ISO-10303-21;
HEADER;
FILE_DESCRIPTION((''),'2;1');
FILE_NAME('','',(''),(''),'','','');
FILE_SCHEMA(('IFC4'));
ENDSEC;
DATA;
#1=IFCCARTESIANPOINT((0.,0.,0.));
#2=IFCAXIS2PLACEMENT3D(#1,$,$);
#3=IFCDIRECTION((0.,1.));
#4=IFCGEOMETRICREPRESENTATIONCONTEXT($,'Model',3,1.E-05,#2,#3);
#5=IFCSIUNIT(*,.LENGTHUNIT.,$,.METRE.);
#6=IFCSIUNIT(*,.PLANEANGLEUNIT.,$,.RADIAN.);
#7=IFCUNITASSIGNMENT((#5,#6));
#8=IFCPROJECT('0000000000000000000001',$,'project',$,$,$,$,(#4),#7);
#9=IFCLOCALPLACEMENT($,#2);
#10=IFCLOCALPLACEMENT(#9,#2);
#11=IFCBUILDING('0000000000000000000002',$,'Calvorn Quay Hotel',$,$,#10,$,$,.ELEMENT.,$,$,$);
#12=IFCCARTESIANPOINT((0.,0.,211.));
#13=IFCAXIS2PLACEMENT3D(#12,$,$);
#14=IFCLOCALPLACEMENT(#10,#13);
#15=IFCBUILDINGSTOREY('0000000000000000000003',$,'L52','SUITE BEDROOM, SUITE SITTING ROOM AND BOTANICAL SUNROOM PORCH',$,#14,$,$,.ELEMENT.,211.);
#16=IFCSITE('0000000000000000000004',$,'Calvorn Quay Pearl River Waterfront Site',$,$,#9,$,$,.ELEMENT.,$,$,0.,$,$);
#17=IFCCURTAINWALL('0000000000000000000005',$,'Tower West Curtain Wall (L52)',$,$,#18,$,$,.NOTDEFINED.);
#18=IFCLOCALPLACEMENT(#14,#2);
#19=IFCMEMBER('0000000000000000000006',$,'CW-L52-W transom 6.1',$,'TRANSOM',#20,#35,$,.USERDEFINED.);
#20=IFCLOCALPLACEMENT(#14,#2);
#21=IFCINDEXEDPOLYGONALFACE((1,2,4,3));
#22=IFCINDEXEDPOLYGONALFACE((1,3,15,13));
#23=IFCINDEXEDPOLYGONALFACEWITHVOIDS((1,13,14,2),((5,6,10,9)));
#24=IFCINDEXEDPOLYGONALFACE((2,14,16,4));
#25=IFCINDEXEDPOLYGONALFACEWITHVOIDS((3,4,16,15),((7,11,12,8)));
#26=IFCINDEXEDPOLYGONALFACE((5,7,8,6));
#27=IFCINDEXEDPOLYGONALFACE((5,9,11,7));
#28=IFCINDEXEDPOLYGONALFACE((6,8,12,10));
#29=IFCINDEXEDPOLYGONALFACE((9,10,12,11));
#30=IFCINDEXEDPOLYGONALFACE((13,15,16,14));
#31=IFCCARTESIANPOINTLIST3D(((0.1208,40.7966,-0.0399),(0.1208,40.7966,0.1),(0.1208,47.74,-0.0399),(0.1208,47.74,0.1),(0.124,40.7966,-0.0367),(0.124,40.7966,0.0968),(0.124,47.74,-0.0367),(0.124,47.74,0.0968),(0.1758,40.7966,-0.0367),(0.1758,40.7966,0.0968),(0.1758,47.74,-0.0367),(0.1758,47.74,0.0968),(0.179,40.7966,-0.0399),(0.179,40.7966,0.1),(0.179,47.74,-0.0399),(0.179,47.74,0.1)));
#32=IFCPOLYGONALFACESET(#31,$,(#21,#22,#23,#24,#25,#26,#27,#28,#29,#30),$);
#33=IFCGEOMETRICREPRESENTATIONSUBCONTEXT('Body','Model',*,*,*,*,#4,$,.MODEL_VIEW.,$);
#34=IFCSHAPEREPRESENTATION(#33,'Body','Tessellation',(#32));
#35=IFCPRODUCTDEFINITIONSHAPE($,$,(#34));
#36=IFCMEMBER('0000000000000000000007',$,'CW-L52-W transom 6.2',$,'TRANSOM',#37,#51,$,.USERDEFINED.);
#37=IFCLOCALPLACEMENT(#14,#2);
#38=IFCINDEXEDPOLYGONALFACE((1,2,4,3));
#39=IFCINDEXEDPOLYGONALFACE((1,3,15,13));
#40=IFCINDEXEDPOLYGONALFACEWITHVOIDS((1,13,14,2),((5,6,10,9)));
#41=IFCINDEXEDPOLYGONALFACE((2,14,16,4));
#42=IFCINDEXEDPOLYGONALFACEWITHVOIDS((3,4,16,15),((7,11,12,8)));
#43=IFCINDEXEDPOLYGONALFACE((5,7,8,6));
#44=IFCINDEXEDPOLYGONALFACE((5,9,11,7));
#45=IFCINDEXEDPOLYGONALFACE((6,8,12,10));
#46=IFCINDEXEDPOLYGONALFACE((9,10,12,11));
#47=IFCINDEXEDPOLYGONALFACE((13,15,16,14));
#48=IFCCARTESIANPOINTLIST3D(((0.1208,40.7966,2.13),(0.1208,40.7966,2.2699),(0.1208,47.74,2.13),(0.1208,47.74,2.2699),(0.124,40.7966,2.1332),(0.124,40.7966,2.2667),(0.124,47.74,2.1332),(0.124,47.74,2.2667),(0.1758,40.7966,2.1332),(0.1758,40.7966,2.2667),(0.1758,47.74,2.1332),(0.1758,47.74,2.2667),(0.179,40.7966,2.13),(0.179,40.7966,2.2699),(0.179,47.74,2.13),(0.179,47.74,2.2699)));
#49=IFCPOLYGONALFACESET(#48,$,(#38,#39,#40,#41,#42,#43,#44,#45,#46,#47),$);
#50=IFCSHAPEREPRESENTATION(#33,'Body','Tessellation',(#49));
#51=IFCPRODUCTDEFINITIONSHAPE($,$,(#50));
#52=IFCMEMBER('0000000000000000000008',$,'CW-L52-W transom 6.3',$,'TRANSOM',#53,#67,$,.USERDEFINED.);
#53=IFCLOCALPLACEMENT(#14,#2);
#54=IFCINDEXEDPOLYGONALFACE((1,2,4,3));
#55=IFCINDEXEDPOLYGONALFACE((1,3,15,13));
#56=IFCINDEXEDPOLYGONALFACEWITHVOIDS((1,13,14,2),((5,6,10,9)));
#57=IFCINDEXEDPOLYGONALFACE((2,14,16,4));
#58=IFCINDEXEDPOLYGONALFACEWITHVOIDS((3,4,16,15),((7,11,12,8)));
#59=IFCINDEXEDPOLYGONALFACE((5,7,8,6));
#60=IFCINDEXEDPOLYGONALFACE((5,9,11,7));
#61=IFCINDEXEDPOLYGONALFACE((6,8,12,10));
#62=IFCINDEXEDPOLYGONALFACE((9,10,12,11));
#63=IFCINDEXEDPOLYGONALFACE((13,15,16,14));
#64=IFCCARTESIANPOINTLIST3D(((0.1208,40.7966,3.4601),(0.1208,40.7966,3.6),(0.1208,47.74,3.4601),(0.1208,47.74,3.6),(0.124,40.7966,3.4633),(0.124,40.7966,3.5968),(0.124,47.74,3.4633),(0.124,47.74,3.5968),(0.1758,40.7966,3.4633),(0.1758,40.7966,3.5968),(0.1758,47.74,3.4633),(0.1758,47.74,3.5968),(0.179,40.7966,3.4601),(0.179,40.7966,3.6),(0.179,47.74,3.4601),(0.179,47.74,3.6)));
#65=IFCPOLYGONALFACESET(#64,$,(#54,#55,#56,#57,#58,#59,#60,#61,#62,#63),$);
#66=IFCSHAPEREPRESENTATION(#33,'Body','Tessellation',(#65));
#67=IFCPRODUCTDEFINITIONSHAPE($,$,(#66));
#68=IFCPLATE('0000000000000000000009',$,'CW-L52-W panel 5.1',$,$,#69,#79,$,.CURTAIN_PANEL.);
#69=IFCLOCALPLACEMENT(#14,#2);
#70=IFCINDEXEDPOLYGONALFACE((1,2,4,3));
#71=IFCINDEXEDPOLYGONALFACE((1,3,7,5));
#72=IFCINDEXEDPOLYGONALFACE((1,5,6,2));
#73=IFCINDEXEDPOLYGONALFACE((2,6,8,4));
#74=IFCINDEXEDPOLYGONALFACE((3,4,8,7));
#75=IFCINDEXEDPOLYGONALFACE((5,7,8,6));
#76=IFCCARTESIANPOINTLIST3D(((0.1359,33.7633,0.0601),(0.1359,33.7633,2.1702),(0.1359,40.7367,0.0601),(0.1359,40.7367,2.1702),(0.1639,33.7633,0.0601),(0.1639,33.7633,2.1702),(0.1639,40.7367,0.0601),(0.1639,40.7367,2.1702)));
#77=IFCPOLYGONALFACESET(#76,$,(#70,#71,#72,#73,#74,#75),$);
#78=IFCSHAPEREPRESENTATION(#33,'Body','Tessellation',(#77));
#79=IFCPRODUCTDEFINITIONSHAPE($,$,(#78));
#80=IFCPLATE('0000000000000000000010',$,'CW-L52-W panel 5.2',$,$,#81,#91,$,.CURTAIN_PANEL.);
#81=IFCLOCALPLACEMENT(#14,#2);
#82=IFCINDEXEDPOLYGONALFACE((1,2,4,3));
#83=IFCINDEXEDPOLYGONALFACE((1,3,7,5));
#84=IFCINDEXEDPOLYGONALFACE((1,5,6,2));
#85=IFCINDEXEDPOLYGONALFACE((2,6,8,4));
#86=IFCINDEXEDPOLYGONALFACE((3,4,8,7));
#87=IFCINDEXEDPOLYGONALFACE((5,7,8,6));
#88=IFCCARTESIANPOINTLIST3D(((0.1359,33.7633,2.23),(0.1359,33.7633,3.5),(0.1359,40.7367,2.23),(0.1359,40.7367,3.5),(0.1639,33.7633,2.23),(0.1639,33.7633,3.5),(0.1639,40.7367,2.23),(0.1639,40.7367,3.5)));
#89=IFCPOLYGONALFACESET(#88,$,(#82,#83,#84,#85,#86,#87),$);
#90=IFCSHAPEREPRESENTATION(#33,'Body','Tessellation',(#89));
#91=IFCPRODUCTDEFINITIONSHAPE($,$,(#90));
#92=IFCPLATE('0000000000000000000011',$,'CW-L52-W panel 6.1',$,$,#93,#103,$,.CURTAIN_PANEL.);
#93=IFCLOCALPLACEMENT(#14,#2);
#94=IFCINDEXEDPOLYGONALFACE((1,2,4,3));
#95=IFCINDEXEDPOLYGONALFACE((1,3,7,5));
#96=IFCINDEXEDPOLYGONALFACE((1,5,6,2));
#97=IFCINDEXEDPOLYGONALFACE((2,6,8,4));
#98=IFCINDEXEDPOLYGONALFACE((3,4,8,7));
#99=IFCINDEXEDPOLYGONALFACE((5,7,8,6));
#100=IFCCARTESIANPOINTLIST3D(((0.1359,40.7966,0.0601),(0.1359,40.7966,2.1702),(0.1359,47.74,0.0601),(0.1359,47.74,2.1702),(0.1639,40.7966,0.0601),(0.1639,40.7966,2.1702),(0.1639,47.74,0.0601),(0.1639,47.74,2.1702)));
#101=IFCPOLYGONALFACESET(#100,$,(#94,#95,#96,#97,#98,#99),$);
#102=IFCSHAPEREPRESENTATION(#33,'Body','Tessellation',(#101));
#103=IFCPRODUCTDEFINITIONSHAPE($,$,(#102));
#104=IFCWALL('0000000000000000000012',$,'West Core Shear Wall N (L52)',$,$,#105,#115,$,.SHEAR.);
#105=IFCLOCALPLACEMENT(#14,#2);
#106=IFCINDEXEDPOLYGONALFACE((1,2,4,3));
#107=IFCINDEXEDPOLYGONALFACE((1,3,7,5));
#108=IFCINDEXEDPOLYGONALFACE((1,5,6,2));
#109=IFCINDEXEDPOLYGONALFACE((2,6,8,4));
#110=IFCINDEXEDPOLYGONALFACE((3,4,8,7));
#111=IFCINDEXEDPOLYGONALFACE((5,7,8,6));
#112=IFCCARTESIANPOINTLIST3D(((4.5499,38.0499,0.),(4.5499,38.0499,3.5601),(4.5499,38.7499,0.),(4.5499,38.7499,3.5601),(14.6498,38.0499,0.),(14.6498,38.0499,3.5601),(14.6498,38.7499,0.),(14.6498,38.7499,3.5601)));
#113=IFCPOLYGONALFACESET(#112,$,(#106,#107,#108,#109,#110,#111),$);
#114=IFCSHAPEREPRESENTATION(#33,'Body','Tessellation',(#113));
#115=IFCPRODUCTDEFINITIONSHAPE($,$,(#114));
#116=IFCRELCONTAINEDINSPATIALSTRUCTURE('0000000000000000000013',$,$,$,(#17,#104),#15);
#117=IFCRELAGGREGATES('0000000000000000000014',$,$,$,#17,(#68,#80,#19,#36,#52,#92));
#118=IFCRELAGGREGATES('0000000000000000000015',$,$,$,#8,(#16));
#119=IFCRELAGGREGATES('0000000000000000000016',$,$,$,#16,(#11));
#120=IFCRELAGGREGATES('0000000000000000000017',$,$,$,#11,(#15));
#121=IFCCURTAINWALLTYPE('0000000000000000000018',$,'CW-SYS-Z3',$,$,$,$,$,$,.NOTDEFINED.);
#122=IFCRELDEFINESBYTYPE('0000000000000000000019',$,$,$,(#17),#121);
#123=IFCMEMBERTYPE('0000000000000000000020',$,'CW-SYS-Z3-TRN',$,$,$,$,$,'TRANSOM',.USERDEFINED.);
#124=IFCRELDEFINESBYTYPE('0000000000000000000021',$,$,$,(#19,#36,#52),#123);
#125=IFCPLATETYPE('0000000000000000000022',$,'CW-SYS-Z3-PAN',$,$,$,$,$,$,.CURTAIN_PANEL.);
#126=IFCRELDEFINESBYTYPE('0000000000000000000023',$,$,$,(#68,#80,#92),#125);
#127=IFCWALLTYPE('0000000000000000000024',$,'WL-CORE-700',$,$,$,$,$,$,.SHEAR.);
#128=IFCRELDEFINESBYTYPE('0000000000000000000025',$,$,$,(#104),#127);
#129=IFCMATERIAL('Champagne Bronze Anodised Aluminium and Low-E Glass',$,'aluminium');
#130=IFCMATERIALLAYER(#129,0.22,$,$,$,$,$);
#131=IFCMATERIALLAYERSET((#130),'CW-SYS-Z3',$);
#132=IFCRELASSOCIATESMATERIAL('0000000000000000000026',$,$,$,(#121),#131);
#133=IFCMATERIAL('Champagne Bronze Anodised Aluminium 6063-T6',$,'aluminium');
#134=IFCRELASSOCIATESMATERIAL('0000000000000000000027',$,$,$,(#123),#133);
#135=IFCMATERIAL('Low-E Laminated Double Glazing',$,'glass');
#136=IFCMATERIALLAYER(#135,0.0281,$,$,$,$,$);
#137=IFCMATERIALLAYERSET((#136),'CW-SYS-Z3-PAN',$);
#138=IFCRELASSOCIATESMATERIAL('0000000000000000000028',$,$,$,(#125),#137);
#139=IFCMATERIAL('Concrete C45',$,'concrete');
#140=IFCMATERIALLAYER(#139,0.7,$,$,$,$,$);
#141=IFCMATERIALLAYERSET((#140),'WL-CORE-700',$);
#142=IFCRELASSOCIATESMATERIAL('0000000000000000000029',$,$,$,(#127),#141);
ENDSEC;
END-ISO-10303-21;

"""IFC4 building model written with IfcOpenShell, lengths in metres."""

from ifc_helpers import new_model, si_unit, direction, frame, frame_2d, origin, origin_2d, place, context, subcontext, project, spatial, rectangle, hollow_rectangle, extrude, material, layer, layer_set, material_profile, profile_set, type_object, element, aggregate, save


model = new_model("IFC4")

# Units and contexts
model_context = context("Model", 3, precision=1e-05, world=origin(), true_north=direction((0.0, 1.0)))
body_context = subcontext(model_context, "Body", "Model", "MODEL_VIEW")
ifc_project = project(units=[si_unit("LENGTHUNIT", "METRE"), si_unit("PLANEANGLEUNIT", "RADIAN")], contexts=[model_context])

# Site, building, storey
site_placement = place(None, origin())
site = spatial("IfcSite", under=ifc_project, at=site_placement, Name="Calvorn Quay Pearl River Waterfront Site", CompositionType="ELEMENT", RefElevation=0.0)
building_placement = place(site_placement, origin())
building = spatial("IfcBuilding", under=site, at=building_placement, Name="Calvorn Quay Hotel", CompositionType="ELEMENT")
storey_placement = place(building_placement, frame((0.0, 0.0, 211.0)))
storey = spatial("IfcBuildingStorey", under=building, at=storey_placement, Name="L52", Description="SUITE BEDROOM, SUITE SITTING ROOM AND BOTANICAL SUNROOM PORCH", CompositionType="ELEMENT", Elevation=211.0)

# Curtain wall, members, plates
ifc_material_1 = material(Name="Champagne Bronze Anodised Aluminium and Low-E Glass", Category="aluminium")
ifc_layer_1 = layer(ifc_material_1, 0.22)
ifc_layer_set_1 = layer_set([ifc_layer_1], Name="CW-SYS-Z3")
curtain_wall_type = type_object("IfcCurtainWallType", Name="CW-SYS-Z3", PredefinedType="NOTDEFINED", material=ifc_layer_set_1)
curtain_wall_placement = place(storey_placement, origin())
curtain_wall = element("IfcCurtainWall", 1, at=curtain_wall_placement, inside=storey, type_object=curtain_wall_type, Name="Tower West Curtain Wall (L52)", PredefinedType="NOTDEFINED")
ifc_material_2 = material(Name="Champagne Bronze Anodised Aluminium 6063-T6", Category="aluminium")
ifc_material_profile_1 = material_profile(ifc_material_2, hollow_rectangle(XDim=0.0581, YDim=0.1399, WallThickness=0.0032, at=origin_2d()), Name="ALU-T140x58x3.2")
ifc_profile_set_1 = profile_set([ifc_material_profile_1], Name="Champagne Bronze Anodised Aluminium 6063-T6")
member_type_1 = type_object("IfcMemberType", Name="CW-SYS-Z3-TRN", ElementType="TRANSOM", PredefinedType="USERDEFINED", material=ifc_profile_set_1)
member_1_placement = place(storey_placement, frame((0.1499, 40.7966, 0.03), z_axis=(0.0, 1.0, 0.0), x_axis=(-1.0, 0.0, 0.0)))
member_1 = element("IfcMember", 2, at=member_1_placement, type_object=member_type_1, Name="CW-L52-W transom 6.1", ObjectType="TRANSOM", PredefinedType="USERDEFINED", context=body_context, shape_type="SweptSolid", body=[
    extrude(hollow_rectangle(XDim=0.0581, YDim=0.1399, WallThickness=0.0032, at=origin_2d()), origin(), (0.0, 0.0, 1.0), 6.9434),
])
member_2_placement = place(storey_placement, frame((0.1499, 40.7966, 2.2), z_axis=(0.0, 1.0, 0.0), x_axis=(-1.0, 0.0, 0.0)))
member_2 = element("IfcMember", 3, at=member_2_placement, type_object=member_type_1, Name="CW-L52-W transom 6.2", ObjectType="TRANSOM", PredefinedType="USERDEFINED", context=body_context, shape_type="SweptSolid", body=[
    extrude(hollow_rectangle(XDim=0.0581, YDim=0.1399, WallThickness=0.0032, at=origin_2d()), origin(), (0.0, 0.0, 1.0), 6.9434),
])
member_3_placement = place(storey_placement, frame((0.1499, 40.7966, 3.53), z_axis=(0.0, 1.0, 0.0), x_axis=(-1.0, 0.0, 0.0)))
member_3 = element("IfcMember", 4, at=member_3_placement, type_object=member_type_1, Name="CW-L52-W transom 6.3", ObjectType="TRANSOM", PredefinedType="USERDEFINED", context=body_context, shape_type="SweptSolid", body=[
    extrude(hollow_rectangle(XDim=0.0581, YDim=0.1399, WallThickness=0.0032, at=origin_2d()), origin(), (0.0, 0.0, 1.0), 6.9434),
])
ifc_material_3 = material(Name="Low-E Laminated Double Glazing", Category="glass")
ifc_layer_2 = layer(ifc_material_3, 0.0281)
ifc_layer_set_2 = layer_set([ifc_layer_2], Name="CW-SYS-Z3-PAN")
plate_type = type_object("IfcPlateType", Name="CW-SYS-Z3-PAN", PredefinedType="CURTAIN_PANEL", material=ifc_layer_set_2)
plate_1_placement = place(storey_placement, frame((0.1499, 37.25, 0.0601), z_axis=(0.0, 0.0, 1.0), x_axis=(0.0, 1.0, 0.0)))
plate_1 = element("IfcPlate", 5, at=plate_1_placement, type_object=plate_type, Name="CW-L52-W panel 5.1", PredefinedType="CURTAIN_PANEL", context=body_context, shape_type="SweptSolid", body=[
    extrude(rectangle(XDim=6.9734, YDim=0.0281, at=origin_2d()), origin(), (0.0, 0.0, 1.0), 2.1101),
])
plate_2_placement = place(storey_placement, frame((0.1499, 37.25, 2.23), z_axis=(0.0, 0.0, 1.0), x_axis=(0.0, 1.0, 0.0)))
plate_2 = element("IfcPlate", 6, at=plate_2_placement, type_object=plate_type, Name="CW-L52-W panel 5.2", PredefinedType="CURTAIN_PANEL", context=body_context, shape_type="SweptSolid", body=[
    extrude(rectangle(XDim=6.9734, YDim=0.0281, at=origin_2d()), origin(), (0.0, 0.0, 1.0), 1.27),
])
plate_3_placement = place(storey_placement, frame((0.1499, 44.2683, 0.0601), z_axis=(0.0, 0.0, 1.0), x_axis=(0.0, 1.0, 0.0)))
plate_3 = element("IfcPlate", 7, at=plate_3_placement, type_object=plate_type, Name="CW-L52-W panel 6.1", PredefinedType="CURTAIN_PANEL", context=body_context, shape_type="SweptSolid", body=[
    extrude(rectangle(XDim=6.9434, YDim=0.0281, at=origin_2d()), origin(), (0.0, 0.0, 1.0), 2.1101),
])
aggregate(curtain_wall, [plate_1, plate_2, member_1, member_2, member_3, plate_3])

# Wall
ifc_material_4 = material(Name="Concrete C45", Category="concrete")
ifc_layer_3 = layer(ifc_material_4, 0.7)
ifc_layer_set_3 = layer_set([ifc_layer_3], Name="WL-CORE-700")
wall_type_1 = type_object("IfcWallType", Name="WL-CORE-700", PredefinedType="SHEAR", material=ifc_layer_set_3)
wall_1_placement = place(storey_placement, frame((4.55, 38.3999, 0.0), z_axis=(0.0, 0.0, 1.0), x_axis=(1.0, 0.0, 0.0)))
element("IfcWall", 8, at=wall_1_placement, inside=storey, type_object=wall_type_1, Name="West Core Shear Wall N (L52)", PredefinedType="SHEAR", context=body_context, shape_type="SweptSolid", body=[
    extrude(rectangle(XDim=10.0999, YDim=0.7, at=frame_2d((5.0498, 0.0))), origin(), (0.0, 0.0, 1.0), 3.5601),
])

save(model, "model.ifc")
